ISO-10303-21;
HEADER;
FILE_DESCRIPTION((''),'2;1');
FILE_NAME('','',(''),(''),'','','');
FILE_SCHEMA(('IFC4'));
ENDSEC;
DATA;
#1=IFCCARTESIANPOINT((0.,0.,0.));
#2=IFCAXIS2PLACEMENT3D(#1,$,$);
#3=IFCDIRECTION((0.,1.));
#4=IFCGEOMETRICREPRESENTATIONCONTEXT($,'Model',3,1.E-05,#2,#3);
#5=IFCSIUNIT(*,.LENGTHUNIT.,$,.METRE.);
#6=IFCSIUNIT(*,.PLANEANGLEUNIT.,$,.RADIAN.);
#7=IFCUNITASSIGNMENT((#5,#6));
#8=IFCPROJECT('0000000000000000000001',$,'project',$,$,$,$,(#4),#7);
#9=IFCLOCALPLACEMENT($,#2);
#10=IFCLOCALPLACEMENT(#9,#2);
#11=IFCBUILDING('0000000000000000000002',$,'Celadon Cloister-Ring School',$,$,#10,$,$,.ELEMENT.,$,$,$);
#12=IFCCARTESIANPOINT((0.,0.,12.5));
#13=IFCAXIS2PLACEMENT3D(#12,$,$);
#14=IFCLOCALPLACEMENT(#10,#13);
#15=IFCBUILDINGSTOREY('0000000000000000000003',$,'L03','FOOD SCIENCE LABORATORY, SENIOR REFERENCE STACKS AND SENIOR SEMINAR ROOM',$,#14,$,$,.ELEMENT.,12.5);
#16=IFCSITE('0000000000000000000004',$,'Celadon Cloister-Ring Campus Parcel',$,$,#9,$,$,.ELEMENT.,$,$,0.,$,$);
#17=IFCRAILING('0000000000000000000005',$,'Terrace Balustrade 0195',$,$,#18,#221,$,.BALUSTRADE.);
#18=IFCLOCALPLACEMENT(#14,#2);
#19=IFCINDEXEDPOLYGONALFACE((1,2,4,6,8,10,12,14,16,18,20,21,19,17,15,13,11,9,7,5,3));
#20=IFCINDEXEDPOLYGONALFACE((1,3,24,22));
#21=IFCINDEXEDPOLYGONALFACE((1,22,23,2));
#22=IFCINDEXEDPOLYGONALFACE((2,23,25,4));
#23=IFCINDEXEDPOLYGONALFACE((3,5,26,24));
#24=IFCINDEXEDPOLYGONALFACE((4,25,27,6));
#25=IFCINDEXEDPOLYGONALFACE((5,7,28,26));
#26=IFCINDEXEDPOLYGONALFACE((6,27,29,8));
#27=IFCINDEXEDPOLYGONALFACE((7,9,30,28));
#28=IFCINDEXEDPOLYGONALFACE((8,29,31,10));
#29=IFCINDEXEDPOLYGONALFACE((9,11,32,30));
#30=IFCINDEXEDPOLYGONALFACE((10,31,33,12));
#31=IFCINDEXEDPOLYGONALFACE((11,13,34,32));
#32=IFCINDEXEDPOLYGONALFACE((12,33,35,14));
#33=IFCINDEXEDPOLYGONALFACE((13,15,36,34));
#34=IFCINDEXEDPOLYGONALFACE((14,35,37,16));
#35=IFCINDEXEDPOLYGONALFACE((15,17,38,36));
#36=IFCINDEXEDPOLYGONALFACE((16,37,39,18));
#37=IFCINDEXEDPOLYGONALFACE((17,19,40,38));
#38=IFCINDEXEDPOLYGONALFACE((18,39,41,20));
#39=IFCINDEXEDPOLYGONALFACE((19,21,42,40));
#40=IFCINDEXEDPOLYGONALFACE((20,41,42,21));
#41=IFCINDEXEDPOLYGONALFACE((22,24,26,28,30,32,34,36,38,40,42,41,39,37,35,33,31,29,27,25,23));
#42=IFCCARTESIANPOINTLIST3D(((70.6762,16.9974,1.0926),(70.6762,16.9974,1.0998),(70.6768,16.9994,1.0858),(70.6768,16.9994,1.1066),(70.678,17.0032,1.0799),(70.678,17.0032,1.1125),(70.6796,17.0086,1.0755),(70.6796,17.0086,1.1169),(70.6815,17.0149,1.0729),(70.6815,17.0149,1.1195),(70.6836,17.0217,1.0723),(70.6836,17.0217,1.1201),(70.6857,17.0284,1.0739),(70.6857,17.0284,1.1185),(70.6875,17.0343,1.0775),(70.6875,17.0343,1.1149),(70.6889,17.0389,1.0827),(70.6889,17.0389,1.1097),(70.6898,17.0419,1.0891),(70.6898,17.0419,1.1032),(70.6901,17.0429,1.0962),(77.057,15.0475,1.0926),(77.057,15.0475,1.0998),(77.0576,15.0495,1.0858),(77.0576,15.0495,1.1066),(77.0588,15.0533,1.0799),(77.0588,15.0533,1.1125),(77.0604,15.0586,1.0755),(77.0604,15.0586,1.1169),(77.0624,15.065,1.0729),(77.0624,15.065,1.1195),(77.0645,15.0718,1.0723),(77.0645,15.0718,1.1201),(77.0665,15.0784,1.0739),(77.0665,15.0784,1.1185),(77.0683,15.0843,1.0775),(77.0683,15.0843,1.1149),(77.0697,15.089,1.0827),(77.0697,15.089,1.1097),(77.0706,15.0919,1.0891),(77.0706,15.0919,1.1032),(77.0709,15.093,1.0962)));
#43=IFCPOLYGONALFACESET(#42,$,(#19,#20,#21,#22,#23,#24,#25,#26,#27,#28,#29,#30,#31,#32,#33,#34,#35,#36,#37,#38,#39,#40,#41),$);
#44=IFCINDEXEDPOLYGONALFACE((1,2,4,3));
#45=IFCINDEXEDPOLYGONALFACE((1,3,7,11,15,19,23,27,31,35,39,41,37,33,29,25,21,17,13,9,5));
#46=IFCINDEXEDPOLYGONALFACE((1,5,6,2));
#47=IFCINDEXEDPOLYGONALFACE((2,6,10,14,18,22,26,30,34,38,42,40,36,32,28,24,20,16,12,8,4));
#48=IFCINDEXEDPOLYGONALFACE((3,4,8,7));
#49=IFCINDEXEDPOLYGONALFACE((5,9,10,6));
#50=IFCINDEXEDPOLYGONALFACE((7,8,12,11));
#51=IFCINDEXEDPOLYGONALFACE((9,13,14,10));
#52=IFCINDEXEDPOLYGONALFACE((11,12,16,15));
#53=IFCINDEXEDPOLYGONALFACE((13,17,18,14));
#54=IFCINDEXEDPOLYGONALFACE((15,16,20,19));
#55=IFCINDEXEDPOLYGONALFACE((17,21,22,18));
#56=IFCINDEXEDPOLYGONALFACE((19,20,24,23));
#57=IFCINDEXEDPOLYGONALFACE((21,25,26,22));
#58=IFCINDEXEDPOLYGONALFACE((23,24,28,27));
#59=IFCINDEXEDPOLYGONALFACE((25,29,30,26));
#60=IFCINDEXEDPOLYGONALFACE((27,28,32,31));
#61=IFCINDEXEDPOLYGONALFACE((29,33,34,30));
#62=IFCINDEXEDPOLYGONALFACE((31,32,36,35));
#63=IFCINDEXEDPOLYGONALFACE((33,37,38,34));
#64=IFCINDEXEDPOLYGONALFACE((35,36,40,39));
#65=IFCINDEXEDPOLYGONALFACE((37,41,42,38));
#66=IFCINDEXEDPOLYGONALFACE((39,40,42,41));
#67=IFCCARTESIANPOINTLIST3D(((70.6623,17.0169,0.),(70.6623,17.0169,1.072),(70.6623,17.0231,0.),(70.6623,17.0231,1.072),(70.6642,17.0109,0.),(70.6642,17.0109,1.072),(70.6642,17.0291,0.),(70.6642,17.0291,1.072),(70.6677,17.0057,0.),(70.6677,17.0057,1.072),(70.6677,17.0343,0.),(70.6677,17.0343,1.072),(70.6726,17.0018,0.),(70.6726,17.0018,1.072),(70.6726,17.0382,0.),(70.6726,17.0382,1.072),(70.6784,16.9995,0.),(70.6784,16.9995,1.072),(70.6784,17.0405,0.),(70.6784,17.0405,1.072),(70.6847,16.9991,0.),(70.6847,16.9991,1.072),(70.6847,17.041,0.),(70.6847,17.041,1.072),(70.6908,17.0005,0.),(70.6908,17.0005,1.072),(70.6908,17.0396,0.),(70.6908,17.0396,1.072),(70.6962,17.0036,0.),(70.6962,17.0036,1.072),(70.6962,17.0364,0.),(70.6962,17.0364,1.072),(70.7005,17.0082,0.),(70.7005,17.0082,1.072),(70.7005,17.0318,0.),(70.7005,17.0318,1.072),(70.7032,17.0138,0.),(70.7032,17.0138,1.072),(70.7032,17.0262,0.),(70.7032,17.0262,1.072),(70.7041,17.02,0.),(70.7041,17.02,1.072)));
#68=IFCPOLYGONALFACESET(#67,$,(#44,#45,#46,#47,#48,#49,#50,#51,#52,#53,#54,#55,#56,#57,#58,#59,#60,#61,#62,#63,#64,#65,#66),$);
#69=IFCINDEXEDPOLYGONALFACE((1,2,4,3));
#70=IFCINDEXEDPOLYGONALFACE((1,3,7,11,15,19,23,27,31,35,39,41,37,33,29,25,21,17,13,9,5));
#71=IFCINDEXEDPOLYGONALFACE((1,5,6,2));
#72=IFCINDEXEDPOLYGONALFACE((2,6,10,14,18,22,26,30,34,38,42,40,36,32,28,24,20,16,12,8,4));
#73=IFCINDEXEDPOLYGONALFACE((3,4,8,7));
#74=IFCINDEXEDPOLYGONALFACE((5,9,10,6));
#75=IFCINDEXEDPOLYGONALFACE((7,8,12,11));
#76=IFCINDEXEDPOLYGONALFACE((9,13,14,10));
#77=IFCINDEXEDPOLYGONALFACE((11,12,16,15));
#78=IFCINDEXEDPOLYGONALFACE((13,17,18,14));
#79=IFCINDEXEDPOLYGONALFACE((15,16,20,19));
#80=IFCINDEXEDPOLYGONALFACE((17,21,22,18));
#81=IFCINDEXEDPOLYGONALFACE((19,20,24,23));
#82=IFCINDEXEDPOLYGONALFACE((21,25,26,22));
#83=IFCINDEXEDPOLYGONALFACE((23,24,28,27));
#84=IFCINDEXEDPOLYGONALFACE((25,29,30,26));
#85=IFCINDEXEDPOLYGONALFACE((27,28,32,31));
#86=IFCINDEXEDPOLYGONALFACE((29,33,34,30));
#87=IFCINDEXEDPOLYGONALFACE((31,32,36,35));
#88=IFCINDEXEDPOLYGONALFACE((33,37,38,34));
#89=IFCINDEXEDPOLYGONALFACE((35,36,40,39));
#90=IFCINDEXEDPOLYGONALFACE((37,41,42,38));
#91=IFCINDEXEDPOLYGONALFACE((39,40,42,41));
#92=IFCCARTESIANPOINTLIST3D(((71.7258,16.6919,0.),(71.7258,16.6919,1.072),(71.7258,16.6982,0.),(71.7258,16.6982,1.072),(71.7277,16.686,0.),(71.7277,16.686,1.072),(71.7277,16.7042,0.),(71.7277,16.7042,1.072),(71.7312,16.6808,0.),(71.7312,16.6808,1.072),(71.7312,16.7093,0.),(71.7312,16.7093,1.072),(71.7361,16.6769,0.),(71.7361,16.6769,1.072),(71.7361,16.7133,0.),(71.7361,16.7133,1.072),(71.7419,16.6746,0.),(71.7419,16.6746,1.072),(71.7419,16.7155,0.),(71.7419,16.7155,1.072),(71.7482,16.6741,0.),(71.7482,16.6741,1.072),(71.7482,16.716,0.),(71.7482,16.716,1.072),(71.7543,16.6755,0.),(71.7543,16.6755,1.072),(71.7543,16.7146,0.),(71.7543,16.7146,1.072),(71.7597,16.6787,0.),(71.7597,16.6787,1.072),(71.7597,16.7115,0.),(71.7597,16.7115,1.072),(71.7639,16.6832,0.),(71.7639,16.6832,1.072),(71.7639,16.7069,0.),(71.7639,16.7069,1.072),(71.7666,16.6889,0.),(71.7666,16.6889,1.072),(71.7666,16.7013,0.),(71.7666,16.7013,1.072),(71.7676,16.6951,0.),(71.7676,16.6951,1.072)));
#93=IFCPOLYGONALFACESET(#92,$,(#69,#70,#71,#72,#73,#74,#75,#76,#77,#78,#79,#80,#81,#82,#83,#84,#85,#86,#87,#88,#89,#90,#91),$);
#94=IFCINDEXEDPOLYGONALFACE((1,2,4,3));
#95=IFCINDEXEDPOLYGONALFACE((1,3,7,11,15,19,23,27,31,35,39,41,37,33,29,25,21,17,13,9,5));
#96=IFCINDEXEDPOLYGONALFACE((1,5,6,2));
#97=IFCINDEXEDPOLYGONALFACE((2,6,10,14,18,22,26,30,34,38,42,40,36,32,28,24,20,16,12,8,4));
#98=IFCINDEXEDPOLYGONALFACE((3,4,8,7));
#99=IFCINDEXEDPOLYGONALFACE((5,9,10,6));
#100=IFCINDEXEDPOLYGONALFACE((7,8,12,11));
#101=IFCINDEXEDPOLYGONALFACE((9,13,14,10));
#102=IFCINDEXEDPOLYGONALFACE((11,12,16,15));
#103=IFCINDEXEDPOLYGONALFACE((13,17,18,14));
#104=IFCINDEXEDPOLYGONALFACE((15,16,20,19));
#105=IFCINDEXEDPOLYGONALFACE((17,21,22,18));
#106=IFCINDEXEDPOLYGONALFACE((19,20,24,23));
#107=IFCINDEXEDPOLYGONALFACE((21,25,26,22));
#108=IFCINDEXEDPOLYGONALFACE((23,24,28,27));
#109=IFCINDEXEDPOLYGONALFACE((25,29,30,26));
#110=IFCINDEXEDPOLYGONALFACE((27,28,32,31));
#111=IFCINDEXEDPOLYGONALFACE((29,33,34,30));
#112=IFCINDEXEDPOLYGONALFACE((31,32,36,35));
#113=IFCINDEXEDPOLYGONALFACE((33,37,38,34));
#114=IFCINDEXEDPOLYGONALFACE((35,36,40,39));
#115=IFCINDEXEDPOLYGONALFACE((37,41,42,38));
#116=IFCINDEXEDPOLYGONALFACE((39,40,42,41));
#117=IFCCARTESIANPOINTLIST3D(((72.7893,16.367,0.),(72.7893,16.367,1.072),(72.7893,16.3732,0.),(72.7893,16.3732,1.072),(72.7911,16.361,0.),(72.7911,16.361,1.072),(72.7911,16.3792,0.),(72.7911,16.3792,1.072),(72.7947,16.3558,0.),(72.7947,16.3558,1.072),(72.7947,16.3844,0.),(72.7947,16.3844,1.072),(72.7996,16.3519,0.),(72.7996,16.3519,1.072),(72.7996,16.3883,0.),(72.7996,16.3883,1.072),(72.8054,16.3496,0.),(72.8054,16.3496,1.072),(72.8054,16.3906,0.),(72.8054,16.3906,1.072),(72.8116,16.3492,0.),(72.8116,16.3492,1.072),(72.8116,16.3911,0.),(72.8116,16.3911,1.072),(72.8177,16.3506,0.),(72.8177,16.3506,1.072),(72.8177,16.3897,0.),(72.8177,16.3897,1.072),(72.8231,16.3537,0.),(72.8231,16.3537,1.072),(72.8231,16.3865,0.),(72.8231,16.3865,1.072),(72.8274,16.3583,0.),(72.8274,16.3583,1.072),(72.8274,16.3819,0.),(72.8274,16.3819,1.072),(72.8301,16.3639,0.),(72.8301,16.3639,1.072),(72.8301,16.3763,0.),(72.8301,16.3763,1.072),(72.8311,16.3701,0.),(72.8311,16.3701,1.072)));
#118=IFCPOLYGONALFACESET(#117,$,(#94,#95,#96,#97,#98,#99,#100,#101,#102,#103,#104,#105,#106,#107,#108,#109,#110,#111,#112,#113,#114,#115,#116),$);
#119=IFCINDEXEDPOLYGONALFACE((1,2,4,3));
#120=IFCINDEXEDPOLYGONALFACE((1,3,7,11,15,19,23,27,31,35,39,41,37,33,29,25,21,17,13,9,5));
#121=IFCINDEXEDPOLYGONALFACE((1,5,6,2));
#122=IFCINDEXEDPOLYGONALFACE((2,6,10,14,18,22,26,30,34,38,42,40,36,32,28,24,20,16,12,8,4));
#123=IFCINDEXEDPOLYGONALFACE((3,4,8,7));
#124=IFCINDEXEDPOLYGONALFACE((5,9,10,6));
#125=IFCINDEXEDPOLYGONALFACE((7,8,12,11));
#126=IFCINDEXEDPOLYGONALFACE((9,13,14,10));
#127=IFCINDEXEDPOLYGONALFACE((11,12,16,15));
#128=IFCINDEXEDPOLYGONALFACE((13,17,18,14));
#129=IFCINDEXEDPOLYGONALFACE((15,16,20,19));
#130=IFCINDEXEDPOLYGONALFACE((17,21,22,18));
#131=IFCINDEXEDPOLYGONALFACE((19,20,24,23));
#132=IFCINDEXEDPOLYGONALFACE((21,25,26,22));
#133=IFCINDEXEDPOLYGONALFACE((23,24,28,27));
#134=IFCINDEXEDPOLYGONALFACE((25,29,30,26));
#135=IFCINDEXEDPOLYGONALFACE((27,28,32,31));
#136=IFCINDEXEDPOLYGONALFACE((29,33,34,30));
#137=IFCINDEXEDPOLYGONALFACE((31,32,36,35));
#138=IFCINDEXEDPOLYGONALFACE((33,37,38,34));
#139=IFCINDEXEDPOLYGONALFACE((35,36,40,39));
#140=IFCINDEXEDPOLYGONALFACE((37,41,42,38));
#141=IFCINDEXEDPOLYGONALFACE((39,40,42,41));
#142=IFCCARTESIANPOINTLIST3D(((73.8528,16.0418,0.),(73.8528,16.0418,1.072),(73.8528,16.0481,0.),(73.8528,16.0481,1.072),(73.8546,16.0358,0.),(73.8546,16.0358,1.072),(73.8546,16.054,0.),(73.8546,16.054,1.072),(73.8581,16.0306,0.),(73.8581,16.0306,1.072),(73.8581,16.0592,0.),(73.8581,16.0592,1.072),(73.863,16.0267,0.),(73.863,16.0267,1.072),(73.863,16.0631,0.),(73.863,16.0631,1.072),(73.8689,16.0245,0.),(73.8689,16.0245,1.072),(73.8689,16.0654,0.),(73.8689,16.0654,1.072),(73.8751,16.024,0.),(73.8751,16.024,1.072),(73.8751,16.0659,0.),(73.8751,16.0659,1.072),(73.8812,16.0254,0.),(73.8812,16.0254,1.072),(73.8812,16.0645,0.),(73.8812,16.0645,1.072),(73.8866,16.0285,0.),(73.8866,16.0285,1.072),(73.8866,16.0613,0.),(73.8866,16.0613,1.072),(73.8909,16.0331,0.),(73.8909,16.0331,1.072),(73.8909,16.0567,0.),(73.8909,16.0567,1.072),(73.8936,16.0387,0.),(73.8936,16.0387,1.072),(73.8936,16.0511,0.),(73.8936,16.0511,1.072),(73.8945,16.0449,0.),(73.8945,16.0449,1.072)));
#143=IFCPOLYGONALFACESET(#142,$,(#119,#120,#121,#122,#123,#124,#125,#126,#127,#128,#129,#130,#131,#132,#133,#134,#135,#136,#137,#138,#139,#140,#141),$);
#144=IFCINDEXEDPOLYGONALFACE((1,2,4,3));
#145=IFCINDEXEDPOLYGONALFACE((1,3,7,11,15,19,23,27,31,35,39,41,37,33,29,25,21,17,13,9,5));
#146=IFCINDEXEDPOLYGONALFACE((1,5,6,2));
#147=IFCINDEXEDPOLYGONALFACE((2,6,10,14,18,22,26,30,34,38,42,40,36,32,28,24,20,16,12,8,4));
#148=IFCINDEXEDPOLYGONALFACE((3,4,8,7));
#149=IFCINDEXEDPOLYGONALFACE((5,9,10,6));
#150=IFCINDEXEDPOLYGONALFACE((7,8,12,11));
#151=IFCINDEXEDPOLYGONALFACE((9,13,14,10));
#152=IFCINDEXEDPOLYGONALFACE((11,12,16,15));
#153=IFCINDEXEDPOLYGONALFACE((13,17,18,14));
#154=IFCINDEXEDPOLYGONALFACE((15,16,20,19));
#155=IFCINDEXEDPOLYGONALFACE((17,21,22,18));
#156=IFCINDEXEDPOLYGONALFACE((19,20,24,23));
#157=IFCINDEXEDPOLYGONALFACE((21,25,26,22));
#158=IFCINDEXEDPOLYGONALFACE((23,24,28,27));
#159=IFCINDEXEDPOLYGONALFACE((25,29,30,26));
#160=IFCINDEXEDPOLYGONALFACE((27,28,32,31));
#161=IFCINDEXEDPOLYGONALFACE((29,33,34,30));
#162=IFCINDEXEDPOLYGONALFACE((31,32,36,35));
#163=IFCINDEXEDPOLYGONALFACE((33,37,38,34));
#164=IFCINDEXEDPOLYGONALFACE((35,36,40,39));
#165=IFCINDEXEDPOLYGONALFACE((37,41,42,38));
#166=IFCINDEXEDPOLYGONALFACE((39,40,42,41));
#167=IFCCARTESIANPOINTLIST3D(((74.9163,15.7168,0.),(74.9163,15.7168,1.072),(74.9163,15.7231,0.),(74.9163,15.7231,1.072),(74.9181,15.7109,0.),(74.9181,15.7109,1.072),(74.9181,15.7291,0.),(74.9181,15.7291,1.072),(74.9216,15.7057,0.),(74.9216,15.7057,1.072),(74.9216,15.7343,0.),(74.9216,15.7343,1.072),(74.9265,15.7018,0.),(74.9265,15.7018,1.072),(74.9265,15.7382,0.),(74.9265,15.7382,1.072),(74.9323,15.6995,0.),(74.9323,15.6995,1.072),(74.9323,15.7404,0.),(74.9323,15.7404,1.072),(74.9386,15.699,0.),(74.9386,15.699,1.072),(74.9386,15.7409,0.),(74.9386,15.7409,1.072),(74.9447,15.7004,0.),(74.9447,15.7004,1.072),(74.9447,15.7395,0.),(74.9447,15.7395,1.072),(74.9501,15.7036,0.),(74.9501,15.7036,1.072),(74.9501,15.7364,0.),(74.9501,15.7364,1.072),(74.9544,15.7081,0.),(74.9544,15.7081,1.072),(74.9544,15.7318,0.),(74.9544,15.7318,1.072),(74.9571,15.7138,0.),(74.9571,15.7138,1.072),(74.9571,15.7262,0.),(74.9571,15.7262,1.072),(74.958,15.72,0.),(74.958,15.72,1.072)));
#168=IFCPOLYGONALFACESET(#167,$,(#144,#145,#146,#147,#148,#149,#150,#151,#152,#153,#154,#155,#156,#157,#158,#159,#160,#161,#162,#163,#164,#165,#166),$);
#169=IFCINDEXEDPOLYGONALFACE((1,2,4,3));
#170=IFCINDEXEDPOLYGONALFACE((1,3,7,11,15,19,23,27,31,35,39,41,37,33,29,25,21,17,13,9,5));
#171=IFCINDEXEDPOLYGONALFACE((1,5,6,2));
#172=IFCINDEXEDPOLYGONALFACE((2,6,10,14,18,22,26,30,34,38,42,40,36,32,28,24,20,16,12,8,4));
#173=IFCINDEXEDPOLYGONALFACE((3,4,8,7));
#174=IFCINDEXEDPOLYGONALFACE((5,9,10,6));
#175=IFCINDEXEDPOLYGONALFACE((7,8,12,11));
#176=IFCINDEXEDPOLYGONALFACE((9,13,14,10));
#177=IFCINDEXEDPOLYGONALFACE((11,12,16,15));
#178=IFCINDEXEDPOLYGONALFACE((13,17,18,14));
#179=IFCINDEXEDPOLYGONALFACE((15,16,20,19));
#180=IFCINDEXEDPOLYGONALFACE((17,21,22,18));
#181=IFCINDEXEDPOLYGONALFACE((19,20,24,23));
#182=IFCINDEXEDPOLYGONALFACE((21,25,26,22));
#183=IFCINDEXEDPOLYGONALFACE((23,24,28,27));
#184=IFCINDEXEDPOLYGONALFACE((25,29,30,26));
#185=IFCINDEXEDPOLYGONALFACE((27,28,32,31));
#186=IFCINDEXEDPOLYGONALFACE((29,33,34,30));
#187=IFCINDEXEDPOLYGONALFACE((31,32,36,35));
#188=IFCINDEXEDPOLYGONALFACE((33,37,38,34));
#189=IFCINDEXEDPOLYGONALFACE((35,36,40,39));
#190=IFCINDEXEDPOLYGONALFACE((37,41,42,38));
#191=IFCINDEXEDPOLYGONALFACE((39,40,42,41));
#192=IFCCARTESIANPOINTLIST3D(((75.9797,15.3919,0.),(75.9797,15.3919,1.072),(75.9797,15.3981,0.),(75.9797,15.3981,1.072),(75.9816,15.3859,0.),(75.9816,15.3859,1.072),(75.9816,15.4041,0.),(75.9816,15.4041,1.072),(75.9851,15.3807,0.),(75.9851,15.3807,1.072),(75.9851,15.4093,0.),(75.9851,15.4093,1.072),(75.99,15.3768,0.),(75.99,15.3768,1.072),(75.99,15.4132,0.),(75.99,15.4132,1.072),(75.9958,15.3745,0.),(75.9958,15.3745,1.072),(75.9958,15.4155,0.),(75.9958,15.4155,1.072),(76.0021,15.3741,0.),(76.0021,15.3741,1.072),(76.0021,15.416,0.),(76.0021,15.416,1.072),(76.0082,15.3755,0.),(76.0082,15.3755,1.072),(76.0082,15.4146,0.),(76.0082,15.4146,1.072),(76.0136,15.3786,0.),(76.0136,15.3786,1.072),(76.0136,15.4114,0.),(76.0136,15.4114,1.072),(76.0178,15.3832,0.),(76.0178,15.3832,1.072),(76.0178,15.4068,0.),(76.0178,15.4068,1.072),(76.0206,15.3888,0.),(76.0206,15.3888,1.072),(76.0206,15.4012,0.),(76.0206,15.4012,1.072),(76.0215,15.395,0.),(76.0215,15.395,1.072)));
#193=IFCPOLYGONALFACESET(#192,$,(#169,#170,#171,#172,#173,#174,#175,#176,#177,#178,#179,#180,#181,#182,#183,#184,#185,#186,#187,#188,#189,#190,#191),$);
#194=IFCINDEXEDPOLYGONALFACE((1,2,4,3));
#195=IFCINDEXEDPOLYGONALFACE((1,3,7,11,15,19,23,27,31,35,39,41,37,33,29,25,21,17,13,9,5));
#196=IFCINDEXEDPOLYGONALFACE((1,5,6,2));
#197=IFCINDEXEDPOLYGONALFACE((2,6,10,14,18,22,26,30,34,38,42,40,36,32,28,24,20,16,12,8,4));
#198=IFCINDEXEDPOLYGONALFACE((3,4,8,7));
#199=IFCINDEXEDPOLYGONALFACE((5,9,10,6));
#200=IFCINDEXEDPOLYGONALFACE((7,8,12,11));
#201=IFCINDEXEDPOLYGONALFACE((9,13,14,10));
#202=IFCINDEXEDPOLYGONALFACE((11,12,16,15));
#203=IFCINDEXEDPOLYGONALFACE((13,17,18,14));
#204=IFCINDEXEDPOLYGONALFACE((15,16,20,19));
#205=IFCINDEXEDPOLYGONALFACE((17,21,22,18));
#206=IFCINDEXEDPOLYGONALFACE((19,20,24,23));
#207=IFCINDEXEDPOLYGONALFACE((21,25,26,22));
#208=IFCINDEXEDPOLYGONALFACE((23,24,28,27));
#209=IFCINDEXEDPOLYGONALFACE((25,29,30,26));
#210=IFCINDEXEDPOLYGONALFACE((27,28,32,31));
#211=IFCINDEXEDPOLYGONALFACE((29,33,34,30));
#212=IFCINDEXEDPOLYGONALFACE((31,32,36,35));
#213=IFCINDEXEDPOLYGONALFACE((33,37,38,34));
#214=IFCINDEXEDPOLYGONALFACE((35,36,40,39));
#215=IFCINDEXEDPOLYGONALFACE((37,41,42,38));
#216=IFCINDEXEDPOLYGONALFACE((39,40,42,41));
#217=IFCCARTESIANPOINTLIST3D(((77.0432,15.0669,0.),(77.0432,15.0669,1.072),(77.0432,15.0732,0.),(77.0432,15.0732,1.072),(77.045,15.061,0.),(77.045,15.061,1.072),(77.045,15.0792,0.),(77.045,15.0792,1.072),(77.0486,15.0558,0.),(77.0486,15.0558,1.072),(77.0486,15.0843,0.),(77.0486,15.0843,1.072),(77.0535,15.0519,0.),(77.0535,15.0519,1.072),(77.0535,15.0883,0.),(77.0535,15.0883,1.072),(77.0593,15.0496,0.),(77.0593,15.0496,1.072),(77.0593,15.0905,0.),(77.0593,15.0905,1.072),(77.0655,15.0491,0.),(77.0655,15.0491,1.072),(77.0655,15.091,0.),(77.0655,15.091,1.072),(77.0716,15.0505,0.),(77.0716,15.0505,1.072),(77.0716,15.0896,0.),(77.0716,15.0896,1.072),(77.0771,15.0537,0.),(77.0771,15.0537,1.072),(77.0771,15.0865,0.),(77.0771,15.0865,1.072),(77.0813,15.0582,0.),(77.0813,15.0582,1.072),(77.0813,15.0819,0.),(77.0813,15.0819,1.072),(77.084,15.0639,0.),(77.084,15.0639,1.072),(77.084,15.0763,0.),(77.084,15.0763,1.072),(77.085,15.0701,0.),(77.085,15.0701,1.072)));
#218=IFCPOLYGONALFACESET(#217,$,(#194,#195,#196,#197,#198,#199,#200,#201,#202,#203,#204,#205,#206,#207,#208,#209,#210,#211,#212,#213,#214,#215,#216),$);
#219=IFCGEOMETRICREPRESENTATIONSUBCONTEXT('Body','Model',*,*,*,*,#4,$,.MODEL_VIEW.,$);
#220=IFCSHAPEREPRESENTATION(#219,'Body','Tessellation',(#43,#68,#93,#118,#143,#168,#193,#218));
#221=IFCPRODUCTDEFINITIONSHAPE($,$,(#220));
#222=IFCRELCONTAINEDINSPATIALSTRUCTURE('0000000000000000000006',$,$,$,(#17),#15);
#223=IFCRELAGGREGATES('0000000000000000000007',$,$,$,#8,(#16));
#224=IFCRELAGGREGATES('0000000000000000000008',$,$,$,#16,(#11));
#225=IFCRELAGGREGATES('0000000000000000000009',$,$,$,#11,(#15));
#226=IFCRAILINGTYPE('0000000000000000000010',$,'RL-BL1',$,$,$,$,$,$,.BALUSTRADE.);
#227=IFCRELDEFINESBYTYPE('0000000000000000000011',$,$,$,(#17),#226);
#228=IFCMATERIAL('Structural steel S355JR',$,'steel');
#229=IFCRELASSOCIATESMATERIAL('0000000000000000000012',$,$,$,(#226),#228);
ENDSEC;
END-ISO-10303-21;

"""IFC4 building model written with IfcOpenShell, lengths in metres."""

from ifc_helpers import new_model, si_unit, direction, frame, origin, origin_2d, place, context, subcontext, project, spatial, circle, extrude, material, type_object, element, save


model = new_model("IFC4")

# Units and contexts
model_context = context("Model", 3, precision=1e-05, world=origin(), true_north=direction((0.0, 1.0)))
body_context = subcontext(model_context, "Body", "Model", "MODEL_VIEW")
ifc_project = project(units=[si_unit("LENGTHUNIT", "METRE"), si_unit("PLANEANGLEUNIT", "RADIAN")], contexts=[model_context])

# Site, building, storey
site_placement = place(None, origin())
site = spatial("IfcSite", under=ifc_project, at=site_placement, Name="Celadon Cloister-Ring Campus Parcel", CompositionType="ELEMENT", RefElevation=0.0)
building_placement = place(site_placement, origin())
building = spatial("IfcBuilding", under=site, at=building_placement, Name="Celadon Cloister-Ring School", CompositionType="ELEMENT")
storey_placement = place(building_placement, frame((0.0, 0.0, 12.5)))
storey = spatial("IfcBuildingStorey", under=building, at=storey_placement, Name="L03", Description="FOOD SCIENCE LABORATORY, SENIOR REFERENCE STACKS AND SENIOR SEMINAR ROOM", CompositionType="ELEMENT", Elevation=12.5)

# Railing
ifc_material_1 = material(Name="Structural steel S355JR", Category="steel")
railing_type = type_object("IfcRailingType", Name="RL-BL1", PredefinedType="BALUSTRADE", material=ifc_material_1)
railing_placement = place(storey_placement, frame((70.6831, 17.02, 0.0)))
element("IfcRailing", 1, at=railing_placement, inside=storey, type_object=railing_type, Name="Terrace Balustrade 0195", PredefinedType="BALUSTRADE", context=body_context, shape_type="SweptSolid", body=[
    extrude(circle(Radius=0.0239, at=origin_2d()), frame((0.0, 0.0, 1.0962), z_axis=(0.956341, -0.292252, 0.0), x_axis=(0.292252, 0.956341, 0.0)), (0.0, 0.0, 1.0), 6.6721),
    extrude(circle(Radius=0.021, at=origin_2d()), origin(), (0.0, 0.0, 1.0), 1.072),
    extrude(circle(Radius=0.021, at=origin_2d()), frame((1.0635, -0.325, 0.0)), (0.0, 0.0, 1.0), 1.072),
    extrude(circle(Radius=0.021, at=origin_2d()), frame((2.127, -0.6499, 0.0)), (0.0, 0.0, 1.0), 1.072),
    extrude(circle(Radius=0.021, at=origin_2d()), frame((3.1904, -0.9751, 0.0)), (0.0, 0.0, 1.0), 1.072),
    extrude(circle(Radius=0.021, at=origin_2d()), frame((4.2539, -1.3, 0.0)), (0.0, 0.0, 1.0), 1.072),
    extrude(circle(Radius=0.021, at=origin_2d()), frame((5.3174, -1.625, 0.0)), (0.0, 0.0, 1.0), 1.072),
    extrude(circle(Radius=0.021, at=origin_2d()), frame((6.3809, -1.95, 0.0)), (0.0, 0.0, 1.0), 1.072),
])

save(model, "model.ifc")
